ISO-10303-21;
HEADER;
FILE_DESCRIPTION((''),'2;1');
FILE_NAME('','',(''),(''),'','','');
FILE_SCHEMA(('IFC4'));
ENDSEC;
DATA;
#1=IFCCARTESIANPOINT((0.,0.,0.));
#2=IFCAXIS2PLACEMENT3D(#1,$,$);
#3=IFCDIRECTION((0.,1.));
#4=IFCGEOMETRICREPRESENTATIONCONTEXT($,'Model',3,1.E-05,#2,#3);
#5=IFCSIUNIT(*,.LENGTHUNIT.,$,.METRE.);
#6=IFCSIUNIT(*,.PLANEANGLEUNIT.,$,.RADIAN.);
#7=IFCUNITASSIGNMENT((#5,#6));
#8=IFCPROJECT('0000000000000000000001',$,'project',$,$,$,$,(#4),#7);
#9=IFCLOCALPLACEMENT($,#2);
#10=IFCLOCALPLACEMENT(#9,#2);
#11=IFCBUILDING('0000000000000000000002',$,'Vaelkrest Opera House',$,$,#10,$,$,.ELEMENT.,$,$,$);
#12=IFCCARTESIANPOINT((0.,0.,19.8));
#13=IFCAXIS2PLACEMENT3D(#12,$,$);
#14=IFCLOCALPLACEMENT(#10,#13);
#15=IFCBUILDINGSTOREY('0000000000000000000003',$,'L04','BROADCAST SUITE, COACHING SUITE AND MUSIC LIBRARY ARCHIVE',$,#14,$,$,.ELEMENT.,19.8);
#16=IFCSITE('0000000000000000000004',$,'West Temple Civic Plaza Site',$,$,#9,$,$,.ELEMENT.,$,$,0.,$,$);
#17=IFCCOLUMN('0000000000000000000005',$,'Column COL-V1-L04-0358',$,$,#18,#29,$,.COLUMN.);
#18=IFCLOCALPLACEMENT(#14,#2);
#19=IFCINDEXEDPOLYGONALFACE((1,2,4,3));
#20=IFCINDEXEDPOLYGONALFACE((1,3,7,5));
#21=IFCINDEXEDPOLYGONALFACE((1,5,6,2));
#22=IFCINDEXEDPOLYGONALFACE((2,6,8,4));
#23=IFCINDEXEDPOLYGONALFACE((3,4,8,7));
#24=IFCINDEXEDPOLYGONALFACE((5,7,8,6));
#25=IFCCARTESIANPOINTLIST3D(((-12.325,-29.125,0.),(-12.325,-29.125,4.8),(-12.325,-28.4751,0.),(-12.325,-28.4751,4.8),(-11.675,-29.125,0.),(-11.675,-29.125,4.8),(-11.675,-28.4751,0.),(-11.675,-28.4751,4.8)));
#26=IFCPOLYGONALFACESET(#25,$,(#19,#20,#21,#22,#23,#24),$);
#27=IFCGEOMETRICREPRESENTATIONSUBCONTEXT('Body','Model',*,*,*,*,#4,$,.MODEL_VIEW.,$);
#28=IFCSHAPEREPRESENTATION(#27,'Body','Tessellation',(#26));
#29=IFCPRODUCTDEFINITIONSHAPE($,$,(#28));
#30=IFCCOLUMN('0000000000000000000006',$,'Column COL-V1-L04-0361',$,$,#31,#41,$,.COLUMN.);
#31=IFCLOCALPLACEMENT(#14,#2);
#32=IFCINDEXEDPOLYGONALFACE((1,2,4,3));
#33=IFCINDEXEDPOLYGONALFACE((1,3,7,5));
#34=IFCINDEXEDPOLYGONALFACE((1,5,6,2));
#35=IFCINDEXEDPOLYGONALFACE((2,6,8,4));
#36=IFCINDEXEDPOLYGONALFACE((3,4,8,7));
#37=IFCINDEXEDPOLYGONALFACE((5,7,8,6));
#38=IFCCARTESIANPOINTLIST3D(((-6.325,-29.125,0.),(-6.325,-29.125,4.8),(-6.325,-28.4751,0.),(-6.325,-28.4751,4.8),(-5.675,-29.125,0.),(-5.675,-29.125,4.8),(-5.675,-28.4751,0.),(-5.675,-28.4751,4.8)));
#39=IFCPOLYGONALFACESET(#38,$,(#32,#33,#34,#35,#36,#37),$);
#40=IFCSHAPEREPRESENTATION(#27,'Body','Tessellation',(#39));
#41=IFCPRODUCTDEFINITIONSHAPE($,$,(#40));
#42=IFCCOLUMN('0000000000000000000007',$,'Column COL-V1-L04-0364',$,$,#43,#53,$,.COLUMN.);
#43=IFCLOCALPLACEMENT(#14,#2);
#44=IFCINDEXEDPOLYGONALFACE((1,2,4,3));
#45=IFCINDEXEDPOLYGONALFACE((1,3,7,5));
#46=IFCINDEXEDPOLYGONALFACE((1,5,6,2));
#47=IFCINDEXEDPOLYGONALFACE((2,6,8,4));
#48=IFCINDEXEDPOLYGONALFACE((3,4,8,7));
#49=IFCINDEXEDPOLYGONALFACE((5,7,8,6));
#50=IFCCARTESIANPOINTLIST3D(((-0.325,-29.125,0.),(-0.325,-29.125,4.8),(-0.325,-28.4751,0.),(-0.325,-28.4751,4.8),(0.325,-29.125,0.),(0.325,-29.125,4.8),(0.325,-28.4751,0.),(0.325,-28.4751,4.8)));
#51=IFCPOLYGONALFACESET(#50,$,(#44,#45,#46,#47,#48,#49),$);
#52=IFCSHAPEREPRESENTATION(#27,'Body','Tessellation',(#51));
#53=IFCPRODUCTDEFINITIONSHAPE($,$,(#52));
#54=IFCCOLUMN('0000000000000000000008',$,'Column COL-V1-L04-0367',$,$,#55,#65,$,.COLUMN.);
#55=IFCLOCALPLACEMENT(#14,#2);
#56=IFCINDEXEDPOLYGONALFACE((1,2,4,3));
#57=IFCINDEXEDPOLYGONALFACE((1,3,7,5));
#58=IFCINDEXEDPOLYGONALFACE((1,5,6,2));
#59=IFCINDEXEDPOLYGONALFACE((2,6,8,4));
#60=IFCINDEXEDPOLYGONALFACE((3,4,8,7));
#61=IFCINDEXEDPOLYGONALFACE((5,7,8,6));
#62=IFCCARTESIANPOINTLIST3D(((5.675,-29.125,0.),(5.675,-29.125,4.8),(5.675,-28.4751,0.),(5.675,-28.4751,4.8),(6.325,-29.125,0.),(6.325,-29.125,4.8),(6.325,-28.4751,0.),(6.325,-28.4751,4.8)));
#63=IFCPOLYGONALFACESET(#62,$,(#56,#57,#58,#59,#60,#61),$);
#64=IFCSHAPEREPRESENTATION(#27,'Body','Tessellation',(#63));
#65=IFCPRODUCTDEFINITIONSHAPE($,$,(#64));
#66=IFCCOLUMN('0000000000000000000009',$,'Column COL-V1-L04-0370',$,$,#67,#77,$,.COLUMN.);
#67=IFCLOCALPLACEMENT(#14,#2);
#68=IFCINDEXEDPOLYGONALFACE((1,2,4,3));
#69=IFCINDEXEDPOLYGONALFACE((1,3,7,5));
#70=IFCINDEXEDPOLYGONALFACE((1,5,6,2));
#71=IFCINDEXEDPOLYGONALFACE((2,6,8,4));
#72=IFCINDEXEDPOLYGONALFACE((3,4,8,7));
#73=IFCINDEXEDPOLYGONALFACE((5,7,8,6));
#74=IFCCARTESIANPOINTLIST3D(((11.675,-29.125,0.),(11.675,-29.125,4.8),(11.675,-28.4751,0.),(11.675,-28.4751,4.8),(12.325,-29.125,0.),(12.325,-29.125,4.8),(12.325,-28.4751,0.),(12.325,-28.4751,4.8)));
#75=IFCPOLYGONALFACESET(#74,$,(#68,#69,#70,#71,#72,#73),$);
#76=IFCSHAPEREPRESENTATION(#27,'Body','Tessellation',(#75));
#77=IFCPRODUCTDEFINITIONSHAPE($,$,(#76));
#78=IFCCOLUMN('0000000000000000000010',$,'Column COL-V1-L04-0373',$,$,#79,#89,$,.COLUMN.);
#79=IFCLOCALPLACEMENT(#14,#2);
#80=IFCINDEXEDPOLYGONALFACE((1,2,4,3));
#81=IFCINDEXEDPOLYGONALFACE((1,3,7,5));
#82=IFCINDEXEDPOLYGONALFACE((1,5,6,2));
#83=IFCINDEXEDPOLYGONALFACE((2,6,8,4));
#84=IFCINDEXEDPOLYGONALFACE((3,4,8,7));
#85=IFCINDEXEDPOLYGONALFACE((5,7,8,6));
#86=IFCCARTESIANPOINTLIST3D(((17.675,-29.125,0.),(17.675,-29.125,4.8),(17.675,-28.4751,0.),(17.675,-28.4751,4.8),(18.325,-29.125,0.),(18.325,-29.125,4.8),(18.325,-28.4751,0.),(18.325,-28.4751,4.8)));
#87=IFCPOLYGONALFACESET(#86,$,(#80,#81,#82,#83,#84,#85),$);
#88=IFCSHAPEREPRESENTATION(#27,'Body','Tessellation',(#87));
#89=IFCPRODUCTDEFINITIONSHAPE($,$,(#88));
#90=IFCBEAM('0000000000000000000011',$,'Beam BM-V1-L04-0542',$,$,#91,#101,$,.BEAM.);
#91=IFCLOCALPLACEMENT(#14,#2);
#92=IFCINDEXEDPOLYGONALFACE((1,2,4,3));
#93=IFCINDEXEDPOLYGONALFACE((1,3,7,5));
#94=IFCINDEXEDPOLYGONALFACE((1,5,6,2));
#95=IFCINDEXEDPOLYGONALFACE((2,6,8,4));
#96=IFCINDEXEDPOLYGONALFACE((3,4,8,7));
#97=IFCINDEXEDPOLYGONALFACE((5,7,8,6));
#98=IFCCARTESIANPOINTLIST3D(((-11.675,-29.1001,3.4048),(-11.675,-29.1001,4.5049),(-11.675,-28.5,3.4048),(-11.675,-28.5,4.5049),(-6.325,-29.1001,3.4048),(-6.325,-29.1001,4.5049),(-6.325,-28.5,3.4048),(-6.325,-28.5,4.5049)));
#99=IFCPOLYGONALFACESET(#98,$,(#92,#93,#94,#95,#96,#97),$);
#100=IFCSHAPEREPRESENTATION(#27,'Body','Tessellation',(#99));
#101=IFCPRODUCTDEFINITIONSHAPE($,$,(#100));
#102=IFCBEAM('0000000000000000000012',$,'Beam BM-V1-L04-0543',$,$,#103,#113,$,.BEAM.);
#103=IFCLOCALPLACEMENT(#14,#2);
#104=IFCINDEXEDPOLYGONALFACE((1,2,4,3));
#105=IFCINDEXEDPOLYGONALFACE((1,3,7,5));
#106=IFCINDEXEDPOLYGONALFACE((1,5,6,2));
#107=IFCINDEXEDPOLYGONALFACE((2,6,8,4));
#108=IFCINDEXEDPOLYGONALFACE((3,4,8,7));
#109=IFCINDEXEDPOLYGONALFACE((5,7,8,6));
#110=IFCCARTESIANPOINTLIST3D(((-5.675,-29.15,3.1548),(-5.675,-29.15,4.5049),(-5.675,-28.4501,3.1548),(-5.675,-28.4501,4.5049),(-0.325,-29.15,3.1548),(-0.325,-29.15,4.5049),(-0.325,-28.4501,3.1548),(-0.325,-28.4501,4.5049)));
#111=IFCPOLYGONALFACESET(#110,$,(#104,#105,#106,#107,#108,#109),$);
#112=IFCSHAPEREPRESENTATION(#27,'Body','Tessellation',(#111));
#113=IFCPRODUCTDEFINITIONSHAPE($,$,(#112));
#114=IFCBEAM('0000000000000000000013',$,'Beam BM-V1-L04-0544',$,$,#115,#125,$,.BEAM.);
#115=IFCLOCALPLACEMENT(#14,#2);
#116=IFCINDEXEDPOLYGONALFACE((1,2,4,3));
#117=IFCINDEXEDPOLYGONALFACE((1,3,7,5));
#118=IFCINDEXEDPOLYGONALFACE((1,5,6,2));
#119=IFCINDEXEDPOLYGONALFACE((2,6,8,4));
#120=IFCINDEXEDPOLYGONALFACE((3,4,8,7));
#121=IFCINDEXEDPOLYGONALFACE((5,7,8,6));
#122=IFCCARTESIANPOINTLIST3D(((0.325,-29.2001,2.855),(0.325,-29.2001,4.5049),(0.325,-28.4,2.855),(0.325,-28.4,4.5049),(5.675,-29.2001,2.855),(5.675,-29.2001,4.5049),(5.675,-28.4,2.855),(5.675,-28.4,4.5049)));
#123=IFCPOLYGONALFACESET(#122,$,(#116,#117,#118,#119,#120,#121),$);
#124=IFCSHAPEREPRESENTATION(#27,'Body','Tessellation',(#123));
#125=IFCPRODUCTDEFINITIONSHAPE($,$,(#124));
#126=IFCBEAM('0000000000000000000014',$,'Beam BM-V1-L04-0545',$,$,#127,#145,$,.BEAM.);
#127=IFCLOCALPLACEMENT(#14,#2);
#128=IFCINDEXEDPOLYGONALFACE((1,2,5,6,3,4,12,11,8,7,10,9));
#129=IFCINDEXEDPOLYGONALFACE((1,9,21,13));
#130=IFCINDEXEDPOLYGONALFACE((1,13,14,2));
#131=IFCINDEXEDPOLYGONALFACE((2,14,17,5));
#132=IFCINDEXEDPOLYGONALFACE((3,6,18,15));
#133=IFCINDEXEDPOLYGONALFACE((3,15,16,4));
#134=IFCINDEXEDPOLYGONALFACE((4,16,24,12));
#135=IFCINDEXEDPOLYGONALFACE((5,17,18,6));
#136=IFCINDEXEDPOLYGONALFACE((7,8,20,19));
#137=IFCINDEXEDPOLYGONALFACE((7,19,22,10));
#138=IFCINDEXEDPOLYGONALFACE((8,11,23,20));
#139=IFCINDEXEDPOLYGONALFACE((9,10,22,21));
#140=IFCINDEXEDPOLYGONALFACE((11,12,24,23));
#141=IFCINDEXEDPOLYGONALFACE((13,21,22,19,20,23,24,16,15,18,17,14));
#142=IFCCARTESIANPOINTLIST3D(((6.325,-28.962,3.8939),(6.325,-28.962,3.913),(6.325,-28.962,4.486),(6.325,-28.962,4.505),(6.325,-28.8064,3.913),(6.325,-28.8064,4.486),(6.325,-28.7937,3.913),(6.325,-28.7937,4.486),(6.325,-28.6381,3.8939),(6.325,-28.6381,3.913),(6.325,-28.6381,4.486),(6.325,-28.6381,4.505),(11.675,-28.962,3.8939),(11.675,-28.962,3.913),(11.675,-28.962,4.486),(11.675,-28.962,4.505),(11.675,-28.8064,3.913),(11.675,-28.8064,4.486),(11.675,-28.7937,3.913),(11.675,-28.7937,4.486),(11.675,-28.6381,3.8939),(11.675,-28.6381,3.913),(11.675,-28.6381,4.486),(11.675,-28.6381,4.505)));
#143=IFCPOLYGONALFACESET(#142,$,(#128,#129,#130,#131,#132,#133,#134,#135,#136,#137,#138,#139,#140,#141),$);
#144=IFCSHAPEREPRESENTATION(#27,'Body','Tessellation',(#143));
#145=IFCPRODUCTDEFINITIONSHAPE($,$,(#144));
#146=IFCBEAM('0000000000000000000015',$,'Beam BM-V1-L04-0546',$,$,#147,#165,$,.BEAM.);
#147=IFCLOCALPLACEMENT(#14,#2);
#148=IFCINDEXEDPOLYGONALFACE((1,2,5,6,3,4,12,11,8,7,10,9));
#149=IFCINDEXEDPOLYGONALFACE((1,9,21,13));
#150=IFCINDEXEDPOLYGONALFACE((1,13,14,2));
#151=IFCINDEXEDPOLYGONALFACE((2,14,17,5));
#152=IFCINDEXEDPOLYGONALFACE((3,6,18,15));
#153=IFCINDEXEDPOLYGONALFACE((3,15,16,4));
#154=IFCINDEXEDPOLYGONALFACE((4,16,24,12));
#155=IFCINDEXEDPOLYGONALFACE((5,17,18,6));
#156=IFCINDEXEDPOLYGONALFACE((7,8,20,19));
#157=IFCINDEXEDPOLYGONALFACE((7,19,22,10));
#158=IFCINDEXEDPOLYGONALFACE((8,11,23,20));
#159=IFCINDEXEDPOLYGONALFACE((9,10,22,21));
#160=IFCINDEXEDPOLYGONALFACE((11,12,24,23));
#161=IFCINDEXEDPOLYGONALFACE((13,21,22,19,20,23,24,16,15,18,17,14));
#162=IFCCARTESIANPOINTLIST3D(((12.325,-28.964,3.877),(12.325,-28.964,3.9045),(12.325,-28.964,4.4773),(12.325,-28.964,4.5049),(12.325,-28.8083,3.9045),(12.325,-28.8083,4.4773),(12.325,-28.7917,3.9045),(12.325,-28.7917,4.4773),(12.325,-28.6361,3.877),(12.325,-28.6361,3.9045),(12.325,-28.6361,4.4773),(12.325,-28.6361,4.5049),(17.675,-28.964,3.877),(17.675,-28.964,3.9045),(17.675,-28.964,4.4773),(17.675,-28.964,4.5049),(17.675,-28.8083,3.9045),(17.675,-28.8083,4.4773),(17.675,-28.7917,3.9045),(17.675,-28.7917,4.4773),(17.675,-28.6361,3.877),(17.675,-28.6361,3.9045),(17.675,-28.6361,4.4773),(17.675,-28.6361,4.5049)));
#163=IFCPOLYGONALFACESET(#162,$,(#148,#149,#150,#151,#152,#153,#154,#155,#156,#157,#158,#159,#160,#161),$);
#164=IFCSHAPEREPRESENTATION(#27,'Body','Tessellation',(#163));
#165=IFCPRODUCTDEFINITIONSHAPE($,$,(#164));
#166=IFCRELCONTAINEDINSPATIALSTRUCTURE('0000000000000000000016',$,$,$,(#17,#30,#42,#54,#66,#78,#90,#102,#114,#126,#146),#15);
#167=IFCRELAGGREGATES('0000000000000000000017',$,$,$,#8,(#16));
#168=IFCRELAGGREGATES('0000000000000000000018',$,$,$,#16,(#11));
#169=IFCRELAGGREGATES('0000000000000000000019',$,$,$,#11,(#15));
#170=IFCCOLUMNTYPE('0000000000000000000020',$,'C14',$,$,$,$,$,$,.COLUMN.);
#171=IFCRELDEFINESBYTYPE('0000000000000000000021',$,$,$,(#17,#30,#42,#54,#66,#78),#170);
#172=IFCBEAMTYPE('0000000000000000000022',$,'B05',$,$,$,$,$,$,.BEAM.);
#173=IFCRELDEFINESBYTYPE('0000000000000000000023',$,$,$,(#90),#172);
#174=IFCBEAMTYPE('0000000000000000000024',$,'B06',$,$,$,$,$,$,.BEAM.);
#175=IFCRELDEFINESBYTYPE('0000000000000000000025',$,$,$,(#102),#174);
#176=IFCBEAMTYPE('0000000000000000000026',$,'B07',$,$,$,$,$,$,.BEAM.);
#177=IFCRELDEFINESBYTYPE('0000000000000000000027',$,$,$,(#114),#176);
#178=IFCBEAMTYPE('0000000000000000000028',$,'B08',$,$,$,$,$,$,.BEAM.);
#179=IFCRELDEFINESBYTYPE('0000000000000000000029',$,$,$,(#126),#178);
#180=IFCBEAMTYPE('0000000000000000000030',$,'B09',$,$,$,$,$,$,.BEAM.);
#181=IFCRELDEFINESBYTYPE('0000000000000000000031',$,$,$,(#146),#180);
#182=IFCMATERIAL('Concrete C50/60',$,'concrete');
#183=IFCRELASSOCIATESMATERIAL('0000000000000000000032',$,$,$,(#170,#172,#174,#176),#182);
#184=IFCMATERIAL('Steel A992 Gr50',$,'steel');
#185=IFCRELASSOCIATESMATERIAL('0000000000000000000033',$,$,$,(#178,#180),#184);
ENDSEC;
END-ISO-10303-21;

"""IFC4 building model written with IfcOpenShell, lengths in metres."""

from ifc_helpers import new_model, si_unit, direction, frame, origin, origin_2d, place, context, subcontext, project, spatial, rectangle, i_section, extrude, material, material_profile, profile_set, type_object, element, save


model = new_model("IFC4")

# Units and contexts
model_context = context("Model", 3, precision=1e-05, world=origin(), true_north=direction((0.0, 1.0)))
body_context = subcontext(model_context, "Body", "Model", "MODEL_VIEW")
ifc_project = project(units=[si_unit("LENGTHUNIT", "METRE"), si_unit("PLANEANGLEUNIT", "RADIAN")], contexts=[model_context])

# Site, building, storey
site_placement = place(None, origin())
site = spatial("IfcSite", under=ifc_project, at=site_placement, Name="West Temple Civic Plaza Site", CompositionType="ELEMENT", RefElevation=0.0)
building_placement = place(site_placement, origin())
building = spatial("IfcBuilding", under=site, at=building_placement, Name="Vaelkrest Opera House", CompositionType="ELEMENT")
storey_placement = place(building_placement, frame((0.0, 0.0, 19.8)))
storey = spatial("IfcBuildingStorey", under=building, at=storey_placement, Name="L04", Description="BROADCAST SUITE, COACHING SUITE AND MUSIC LIBRARY ARCHIVE", CompositionType="ELEMENT", Elevation=19.8)

# Columns
ifc_material_1 = material(Name="Concrete C50/60", Category="concrete")
ifc_material_profile_1 = material_profile(ifc_material_1, rectangle(XDim=0.6499, YDim=0.6499, at=origin_2d()), Name="RC650X650")
ifc_profile_set_1 = profile_set([ifc_material_profile_1], Name="Concrete C50/60")
column_type = type_object("IfcColumnType", Name="C14", PredefinedType="COLUMN", material=ifc_profile_set_1)
for number, where, z_axis, x_axis, name in (
    (1, (-12.0, -28.8, 0.0), (0.0, 0.0, 1.0), (1.0, 0.0, 0.0), "Column COL-V1-L04-0358"),
    (2, (-6.0, -28.8, 0.0), (0.0, 0.0, 1.0), (1.0, 0.0, 0.0), "Column COL-V1-L04-0361"),
    (3, (0.0, -28.8, 0.0), (0.0, 0.0, 1.0), (1.0, 0.0, 0.0), "Column COL-V1-L04-0364"),
    (4, (6.0, -28.8, 0.0), (0.0, 0.0, 1.0), (1.0, 0.0, 0.0), "Column COL-V1-L04-0367"),
    (5, (12.0, -28.8, 0.0), (0.0, 0.0, 1.0), (1.0, 0.0, 0.0), "Column COL-V1-L04-0370"),
    (6, (18.0, -28.8, 0.0), (0.0, 0.0, 1.0), (1.0, 0.0, 0.0), "Column COL-V1-L04-0373"),
):
    element("IfcColumn", number, at=place(storey_placement, frame(where, z_axis=z_axis, x_axis=x_axis)), inside=storey, type_object=column_type, Name=name, PredefinedType="COLUMN", context=body_context, shape_type="SweptSolid", body=[
        extrude(rectangle(XDim=0.6499, YDim=0.6499, at=origin_2d()), origin(), (0.0, 0.0, 1.0), 4.8),
    ])

# Beams
ifc_material_profile_2 = material_profile(ifc_material_1, rectangle(XDim=0.6001, YDim=1.1001, at=origin_2d()), Name="RCB600X1100")
ifc_profile_set_2 = profile_set([ifc_material_profile_2], Name="Concrete C50/60")
beam_type_1 = type_object("IfcBeamType", Name="B05", PredefinedType="BEAM", material=ifc_profile_set_2)
beam_1_placement = place(storey_placement, frame((-11.675, -28.8, 3.9548), z_axis=(1.0, 0.0, 0.0), x_axis=(0.0, 1.0, 0.0)))
element("IfcBeam", 7, at=beam_1_placement, inside=storey, type_object=beam_type_1, Name="Beam BM-V1-L04-0542", PredefinedType="BEAM", context=body_context, shape_type="SweptSolid", body=[
    extrude(rectangle(XDim=0.6001, YDim=1.1001, at=origin_2d()), origin(), (0.0, 0.0, 1.0), 5.3501),
])
ifc_material_profile_3 = material_profile(ifc_material_1, rectangle(XDim=0.7, YDim=1.3501, at=origin_2d()), Name="RCB700X1350")
ifc_profile_set_3 = profile_set([ifc_material_profile_3], Name="Concrete C50/60")
beam_type_2 = type_object("IfcBeamType", Name="B06", PredefinedType="BEAM", material=ifc_profile_set_3)
beam_2_placement = place(storey_placement, frame((-5.675, -28.8, 3.8298), z_axis=(1.0, 0.0, 0.0), x_axis=(0.0, 1.0, 0.0)))
element("IfcBeam", 8, at=beam_2_placement, inside=storey, type_object=beam_type_2, Name="Beam BM-V1-L04-0543", PredefinedType="BEAM", context=body_context, shape_type="SweptSolid", body=[
    extrude(rectangle(XDim=0.7, YDim=1.3501, at=origin_2d()), origin(), (0.0, 0.0, 1.0), 5.3501),
])
ifc_material_profile_4 = material_profile(ifc_material_1, rectangle(XDim=0.8, YDim=1.6499, at=origin_2d()), Name="RCB800X1650")
ifc_profile_set_4 = profile_set([ifc_material_profile_4], Name="Concrete C50/60")
beam_type_3 = type_object("IfcBeamType", Name="B07", PredefinedType="BEAM", material=ifc_profile_set_4)
beam_3_placement = place(storey_placement, frame((0.325, -28.8, 3.6799), z_axis=(1.0, 0.0, 0.0), x_axis=(0.0, 1.0, 0.0)))
element("IfcBeam", 9, at=beam_3_placement, inside=storey, type_object=beam_type_3, Name="Beam BM-V1-L04-0544", PredefinedType="BEAM", context=body_context, shape_type="SweptSolid", body=[
    extrude(rectangle(XDim=0.8, YDim=1.6499, at=origin_2d()), origin(), (0.0, 0.0, 1.0), 5.3501),
])
ifc_material_2 = material(Name="Steel A992 Gr50", Category="steel")
ifc_material_profile_5 = material_profile(ifc_material_2, i_section(OverallWidth=0.324, OverallDepth=0.6111, WebThickness=0.0127, FlangeThickness=0.019, at=origin_2d()), Name="W24X104")
ifc_profile_set_5 = profile_set([ifc_material_profile_5], Name="Steel A992 Gr50")
beam_type_4 = type_object("IfcBeamType", Name="B08", PredefinedType="BEAM", material=ifc_profile_set_5)
beam_4_placement = place(storey_placement, frame((6.325, -28.8, 4.1995), z_axis=(1.0, 0.0, 0.0), x_axis=(0.0, 1.0, 0.0)))
element("IfcBeam", 10, at=beam_4_placement, inside=storey, type_object=beam_type_4, Name="Beam BM-V1-L04-0545", PredefinedType="BEAM", context=body_context, shape_type="SweptSolid", body=[
    extrude(i_section(OverallWidth=0.324, OverallDepth=0.6111, WebThickness=0.0127, FlangeThickness=0.019, at=origin_2d()), origin(), (0.0, 0.0, 1.0), 5.3501),
])
ifc_material_profile_6 = material_profile(ifc_material_2, i_section(OverallWidth=0.3279, OverallDepth=0.6279, WebThickness=0.0166, FlangeThickness=0.0276, at=origin_2d()), Name="W24X146")
ifc_profile_set_6 = profile_set([ifc_material_profile_6], Name="Steel A992 Gr50")
beam_type_5 = type_object("IfcBeamType", Name="B09", PredefinedType="BEAM", material=ifc_profile_set_6)
beam_5_placement = place(storey_placement, frame((12.325, -28.8, 4.1909), z_axis=(1.0, 0.0, 0.0), x_axis=(0.0, 1.0, 0.0)))
element("IfcBeam", 11, at=beam_5_placement, inside=storey, type_object=beam_type_5, Name="Beam BM-V1-L04-0546", PredefinedType="BEAM", context=body_context, shape_type="SweptSolid", body=[
    extrude(i_section(OverallWidth=0.3279, OverallDepth=0.6279, WebThickness=0.0166, FlangeThickness=0.0276, at=origin_2d()), origin(), (0.0, 0.0, 1.0), 5.3501),
])

save(model, "model.ifc")
